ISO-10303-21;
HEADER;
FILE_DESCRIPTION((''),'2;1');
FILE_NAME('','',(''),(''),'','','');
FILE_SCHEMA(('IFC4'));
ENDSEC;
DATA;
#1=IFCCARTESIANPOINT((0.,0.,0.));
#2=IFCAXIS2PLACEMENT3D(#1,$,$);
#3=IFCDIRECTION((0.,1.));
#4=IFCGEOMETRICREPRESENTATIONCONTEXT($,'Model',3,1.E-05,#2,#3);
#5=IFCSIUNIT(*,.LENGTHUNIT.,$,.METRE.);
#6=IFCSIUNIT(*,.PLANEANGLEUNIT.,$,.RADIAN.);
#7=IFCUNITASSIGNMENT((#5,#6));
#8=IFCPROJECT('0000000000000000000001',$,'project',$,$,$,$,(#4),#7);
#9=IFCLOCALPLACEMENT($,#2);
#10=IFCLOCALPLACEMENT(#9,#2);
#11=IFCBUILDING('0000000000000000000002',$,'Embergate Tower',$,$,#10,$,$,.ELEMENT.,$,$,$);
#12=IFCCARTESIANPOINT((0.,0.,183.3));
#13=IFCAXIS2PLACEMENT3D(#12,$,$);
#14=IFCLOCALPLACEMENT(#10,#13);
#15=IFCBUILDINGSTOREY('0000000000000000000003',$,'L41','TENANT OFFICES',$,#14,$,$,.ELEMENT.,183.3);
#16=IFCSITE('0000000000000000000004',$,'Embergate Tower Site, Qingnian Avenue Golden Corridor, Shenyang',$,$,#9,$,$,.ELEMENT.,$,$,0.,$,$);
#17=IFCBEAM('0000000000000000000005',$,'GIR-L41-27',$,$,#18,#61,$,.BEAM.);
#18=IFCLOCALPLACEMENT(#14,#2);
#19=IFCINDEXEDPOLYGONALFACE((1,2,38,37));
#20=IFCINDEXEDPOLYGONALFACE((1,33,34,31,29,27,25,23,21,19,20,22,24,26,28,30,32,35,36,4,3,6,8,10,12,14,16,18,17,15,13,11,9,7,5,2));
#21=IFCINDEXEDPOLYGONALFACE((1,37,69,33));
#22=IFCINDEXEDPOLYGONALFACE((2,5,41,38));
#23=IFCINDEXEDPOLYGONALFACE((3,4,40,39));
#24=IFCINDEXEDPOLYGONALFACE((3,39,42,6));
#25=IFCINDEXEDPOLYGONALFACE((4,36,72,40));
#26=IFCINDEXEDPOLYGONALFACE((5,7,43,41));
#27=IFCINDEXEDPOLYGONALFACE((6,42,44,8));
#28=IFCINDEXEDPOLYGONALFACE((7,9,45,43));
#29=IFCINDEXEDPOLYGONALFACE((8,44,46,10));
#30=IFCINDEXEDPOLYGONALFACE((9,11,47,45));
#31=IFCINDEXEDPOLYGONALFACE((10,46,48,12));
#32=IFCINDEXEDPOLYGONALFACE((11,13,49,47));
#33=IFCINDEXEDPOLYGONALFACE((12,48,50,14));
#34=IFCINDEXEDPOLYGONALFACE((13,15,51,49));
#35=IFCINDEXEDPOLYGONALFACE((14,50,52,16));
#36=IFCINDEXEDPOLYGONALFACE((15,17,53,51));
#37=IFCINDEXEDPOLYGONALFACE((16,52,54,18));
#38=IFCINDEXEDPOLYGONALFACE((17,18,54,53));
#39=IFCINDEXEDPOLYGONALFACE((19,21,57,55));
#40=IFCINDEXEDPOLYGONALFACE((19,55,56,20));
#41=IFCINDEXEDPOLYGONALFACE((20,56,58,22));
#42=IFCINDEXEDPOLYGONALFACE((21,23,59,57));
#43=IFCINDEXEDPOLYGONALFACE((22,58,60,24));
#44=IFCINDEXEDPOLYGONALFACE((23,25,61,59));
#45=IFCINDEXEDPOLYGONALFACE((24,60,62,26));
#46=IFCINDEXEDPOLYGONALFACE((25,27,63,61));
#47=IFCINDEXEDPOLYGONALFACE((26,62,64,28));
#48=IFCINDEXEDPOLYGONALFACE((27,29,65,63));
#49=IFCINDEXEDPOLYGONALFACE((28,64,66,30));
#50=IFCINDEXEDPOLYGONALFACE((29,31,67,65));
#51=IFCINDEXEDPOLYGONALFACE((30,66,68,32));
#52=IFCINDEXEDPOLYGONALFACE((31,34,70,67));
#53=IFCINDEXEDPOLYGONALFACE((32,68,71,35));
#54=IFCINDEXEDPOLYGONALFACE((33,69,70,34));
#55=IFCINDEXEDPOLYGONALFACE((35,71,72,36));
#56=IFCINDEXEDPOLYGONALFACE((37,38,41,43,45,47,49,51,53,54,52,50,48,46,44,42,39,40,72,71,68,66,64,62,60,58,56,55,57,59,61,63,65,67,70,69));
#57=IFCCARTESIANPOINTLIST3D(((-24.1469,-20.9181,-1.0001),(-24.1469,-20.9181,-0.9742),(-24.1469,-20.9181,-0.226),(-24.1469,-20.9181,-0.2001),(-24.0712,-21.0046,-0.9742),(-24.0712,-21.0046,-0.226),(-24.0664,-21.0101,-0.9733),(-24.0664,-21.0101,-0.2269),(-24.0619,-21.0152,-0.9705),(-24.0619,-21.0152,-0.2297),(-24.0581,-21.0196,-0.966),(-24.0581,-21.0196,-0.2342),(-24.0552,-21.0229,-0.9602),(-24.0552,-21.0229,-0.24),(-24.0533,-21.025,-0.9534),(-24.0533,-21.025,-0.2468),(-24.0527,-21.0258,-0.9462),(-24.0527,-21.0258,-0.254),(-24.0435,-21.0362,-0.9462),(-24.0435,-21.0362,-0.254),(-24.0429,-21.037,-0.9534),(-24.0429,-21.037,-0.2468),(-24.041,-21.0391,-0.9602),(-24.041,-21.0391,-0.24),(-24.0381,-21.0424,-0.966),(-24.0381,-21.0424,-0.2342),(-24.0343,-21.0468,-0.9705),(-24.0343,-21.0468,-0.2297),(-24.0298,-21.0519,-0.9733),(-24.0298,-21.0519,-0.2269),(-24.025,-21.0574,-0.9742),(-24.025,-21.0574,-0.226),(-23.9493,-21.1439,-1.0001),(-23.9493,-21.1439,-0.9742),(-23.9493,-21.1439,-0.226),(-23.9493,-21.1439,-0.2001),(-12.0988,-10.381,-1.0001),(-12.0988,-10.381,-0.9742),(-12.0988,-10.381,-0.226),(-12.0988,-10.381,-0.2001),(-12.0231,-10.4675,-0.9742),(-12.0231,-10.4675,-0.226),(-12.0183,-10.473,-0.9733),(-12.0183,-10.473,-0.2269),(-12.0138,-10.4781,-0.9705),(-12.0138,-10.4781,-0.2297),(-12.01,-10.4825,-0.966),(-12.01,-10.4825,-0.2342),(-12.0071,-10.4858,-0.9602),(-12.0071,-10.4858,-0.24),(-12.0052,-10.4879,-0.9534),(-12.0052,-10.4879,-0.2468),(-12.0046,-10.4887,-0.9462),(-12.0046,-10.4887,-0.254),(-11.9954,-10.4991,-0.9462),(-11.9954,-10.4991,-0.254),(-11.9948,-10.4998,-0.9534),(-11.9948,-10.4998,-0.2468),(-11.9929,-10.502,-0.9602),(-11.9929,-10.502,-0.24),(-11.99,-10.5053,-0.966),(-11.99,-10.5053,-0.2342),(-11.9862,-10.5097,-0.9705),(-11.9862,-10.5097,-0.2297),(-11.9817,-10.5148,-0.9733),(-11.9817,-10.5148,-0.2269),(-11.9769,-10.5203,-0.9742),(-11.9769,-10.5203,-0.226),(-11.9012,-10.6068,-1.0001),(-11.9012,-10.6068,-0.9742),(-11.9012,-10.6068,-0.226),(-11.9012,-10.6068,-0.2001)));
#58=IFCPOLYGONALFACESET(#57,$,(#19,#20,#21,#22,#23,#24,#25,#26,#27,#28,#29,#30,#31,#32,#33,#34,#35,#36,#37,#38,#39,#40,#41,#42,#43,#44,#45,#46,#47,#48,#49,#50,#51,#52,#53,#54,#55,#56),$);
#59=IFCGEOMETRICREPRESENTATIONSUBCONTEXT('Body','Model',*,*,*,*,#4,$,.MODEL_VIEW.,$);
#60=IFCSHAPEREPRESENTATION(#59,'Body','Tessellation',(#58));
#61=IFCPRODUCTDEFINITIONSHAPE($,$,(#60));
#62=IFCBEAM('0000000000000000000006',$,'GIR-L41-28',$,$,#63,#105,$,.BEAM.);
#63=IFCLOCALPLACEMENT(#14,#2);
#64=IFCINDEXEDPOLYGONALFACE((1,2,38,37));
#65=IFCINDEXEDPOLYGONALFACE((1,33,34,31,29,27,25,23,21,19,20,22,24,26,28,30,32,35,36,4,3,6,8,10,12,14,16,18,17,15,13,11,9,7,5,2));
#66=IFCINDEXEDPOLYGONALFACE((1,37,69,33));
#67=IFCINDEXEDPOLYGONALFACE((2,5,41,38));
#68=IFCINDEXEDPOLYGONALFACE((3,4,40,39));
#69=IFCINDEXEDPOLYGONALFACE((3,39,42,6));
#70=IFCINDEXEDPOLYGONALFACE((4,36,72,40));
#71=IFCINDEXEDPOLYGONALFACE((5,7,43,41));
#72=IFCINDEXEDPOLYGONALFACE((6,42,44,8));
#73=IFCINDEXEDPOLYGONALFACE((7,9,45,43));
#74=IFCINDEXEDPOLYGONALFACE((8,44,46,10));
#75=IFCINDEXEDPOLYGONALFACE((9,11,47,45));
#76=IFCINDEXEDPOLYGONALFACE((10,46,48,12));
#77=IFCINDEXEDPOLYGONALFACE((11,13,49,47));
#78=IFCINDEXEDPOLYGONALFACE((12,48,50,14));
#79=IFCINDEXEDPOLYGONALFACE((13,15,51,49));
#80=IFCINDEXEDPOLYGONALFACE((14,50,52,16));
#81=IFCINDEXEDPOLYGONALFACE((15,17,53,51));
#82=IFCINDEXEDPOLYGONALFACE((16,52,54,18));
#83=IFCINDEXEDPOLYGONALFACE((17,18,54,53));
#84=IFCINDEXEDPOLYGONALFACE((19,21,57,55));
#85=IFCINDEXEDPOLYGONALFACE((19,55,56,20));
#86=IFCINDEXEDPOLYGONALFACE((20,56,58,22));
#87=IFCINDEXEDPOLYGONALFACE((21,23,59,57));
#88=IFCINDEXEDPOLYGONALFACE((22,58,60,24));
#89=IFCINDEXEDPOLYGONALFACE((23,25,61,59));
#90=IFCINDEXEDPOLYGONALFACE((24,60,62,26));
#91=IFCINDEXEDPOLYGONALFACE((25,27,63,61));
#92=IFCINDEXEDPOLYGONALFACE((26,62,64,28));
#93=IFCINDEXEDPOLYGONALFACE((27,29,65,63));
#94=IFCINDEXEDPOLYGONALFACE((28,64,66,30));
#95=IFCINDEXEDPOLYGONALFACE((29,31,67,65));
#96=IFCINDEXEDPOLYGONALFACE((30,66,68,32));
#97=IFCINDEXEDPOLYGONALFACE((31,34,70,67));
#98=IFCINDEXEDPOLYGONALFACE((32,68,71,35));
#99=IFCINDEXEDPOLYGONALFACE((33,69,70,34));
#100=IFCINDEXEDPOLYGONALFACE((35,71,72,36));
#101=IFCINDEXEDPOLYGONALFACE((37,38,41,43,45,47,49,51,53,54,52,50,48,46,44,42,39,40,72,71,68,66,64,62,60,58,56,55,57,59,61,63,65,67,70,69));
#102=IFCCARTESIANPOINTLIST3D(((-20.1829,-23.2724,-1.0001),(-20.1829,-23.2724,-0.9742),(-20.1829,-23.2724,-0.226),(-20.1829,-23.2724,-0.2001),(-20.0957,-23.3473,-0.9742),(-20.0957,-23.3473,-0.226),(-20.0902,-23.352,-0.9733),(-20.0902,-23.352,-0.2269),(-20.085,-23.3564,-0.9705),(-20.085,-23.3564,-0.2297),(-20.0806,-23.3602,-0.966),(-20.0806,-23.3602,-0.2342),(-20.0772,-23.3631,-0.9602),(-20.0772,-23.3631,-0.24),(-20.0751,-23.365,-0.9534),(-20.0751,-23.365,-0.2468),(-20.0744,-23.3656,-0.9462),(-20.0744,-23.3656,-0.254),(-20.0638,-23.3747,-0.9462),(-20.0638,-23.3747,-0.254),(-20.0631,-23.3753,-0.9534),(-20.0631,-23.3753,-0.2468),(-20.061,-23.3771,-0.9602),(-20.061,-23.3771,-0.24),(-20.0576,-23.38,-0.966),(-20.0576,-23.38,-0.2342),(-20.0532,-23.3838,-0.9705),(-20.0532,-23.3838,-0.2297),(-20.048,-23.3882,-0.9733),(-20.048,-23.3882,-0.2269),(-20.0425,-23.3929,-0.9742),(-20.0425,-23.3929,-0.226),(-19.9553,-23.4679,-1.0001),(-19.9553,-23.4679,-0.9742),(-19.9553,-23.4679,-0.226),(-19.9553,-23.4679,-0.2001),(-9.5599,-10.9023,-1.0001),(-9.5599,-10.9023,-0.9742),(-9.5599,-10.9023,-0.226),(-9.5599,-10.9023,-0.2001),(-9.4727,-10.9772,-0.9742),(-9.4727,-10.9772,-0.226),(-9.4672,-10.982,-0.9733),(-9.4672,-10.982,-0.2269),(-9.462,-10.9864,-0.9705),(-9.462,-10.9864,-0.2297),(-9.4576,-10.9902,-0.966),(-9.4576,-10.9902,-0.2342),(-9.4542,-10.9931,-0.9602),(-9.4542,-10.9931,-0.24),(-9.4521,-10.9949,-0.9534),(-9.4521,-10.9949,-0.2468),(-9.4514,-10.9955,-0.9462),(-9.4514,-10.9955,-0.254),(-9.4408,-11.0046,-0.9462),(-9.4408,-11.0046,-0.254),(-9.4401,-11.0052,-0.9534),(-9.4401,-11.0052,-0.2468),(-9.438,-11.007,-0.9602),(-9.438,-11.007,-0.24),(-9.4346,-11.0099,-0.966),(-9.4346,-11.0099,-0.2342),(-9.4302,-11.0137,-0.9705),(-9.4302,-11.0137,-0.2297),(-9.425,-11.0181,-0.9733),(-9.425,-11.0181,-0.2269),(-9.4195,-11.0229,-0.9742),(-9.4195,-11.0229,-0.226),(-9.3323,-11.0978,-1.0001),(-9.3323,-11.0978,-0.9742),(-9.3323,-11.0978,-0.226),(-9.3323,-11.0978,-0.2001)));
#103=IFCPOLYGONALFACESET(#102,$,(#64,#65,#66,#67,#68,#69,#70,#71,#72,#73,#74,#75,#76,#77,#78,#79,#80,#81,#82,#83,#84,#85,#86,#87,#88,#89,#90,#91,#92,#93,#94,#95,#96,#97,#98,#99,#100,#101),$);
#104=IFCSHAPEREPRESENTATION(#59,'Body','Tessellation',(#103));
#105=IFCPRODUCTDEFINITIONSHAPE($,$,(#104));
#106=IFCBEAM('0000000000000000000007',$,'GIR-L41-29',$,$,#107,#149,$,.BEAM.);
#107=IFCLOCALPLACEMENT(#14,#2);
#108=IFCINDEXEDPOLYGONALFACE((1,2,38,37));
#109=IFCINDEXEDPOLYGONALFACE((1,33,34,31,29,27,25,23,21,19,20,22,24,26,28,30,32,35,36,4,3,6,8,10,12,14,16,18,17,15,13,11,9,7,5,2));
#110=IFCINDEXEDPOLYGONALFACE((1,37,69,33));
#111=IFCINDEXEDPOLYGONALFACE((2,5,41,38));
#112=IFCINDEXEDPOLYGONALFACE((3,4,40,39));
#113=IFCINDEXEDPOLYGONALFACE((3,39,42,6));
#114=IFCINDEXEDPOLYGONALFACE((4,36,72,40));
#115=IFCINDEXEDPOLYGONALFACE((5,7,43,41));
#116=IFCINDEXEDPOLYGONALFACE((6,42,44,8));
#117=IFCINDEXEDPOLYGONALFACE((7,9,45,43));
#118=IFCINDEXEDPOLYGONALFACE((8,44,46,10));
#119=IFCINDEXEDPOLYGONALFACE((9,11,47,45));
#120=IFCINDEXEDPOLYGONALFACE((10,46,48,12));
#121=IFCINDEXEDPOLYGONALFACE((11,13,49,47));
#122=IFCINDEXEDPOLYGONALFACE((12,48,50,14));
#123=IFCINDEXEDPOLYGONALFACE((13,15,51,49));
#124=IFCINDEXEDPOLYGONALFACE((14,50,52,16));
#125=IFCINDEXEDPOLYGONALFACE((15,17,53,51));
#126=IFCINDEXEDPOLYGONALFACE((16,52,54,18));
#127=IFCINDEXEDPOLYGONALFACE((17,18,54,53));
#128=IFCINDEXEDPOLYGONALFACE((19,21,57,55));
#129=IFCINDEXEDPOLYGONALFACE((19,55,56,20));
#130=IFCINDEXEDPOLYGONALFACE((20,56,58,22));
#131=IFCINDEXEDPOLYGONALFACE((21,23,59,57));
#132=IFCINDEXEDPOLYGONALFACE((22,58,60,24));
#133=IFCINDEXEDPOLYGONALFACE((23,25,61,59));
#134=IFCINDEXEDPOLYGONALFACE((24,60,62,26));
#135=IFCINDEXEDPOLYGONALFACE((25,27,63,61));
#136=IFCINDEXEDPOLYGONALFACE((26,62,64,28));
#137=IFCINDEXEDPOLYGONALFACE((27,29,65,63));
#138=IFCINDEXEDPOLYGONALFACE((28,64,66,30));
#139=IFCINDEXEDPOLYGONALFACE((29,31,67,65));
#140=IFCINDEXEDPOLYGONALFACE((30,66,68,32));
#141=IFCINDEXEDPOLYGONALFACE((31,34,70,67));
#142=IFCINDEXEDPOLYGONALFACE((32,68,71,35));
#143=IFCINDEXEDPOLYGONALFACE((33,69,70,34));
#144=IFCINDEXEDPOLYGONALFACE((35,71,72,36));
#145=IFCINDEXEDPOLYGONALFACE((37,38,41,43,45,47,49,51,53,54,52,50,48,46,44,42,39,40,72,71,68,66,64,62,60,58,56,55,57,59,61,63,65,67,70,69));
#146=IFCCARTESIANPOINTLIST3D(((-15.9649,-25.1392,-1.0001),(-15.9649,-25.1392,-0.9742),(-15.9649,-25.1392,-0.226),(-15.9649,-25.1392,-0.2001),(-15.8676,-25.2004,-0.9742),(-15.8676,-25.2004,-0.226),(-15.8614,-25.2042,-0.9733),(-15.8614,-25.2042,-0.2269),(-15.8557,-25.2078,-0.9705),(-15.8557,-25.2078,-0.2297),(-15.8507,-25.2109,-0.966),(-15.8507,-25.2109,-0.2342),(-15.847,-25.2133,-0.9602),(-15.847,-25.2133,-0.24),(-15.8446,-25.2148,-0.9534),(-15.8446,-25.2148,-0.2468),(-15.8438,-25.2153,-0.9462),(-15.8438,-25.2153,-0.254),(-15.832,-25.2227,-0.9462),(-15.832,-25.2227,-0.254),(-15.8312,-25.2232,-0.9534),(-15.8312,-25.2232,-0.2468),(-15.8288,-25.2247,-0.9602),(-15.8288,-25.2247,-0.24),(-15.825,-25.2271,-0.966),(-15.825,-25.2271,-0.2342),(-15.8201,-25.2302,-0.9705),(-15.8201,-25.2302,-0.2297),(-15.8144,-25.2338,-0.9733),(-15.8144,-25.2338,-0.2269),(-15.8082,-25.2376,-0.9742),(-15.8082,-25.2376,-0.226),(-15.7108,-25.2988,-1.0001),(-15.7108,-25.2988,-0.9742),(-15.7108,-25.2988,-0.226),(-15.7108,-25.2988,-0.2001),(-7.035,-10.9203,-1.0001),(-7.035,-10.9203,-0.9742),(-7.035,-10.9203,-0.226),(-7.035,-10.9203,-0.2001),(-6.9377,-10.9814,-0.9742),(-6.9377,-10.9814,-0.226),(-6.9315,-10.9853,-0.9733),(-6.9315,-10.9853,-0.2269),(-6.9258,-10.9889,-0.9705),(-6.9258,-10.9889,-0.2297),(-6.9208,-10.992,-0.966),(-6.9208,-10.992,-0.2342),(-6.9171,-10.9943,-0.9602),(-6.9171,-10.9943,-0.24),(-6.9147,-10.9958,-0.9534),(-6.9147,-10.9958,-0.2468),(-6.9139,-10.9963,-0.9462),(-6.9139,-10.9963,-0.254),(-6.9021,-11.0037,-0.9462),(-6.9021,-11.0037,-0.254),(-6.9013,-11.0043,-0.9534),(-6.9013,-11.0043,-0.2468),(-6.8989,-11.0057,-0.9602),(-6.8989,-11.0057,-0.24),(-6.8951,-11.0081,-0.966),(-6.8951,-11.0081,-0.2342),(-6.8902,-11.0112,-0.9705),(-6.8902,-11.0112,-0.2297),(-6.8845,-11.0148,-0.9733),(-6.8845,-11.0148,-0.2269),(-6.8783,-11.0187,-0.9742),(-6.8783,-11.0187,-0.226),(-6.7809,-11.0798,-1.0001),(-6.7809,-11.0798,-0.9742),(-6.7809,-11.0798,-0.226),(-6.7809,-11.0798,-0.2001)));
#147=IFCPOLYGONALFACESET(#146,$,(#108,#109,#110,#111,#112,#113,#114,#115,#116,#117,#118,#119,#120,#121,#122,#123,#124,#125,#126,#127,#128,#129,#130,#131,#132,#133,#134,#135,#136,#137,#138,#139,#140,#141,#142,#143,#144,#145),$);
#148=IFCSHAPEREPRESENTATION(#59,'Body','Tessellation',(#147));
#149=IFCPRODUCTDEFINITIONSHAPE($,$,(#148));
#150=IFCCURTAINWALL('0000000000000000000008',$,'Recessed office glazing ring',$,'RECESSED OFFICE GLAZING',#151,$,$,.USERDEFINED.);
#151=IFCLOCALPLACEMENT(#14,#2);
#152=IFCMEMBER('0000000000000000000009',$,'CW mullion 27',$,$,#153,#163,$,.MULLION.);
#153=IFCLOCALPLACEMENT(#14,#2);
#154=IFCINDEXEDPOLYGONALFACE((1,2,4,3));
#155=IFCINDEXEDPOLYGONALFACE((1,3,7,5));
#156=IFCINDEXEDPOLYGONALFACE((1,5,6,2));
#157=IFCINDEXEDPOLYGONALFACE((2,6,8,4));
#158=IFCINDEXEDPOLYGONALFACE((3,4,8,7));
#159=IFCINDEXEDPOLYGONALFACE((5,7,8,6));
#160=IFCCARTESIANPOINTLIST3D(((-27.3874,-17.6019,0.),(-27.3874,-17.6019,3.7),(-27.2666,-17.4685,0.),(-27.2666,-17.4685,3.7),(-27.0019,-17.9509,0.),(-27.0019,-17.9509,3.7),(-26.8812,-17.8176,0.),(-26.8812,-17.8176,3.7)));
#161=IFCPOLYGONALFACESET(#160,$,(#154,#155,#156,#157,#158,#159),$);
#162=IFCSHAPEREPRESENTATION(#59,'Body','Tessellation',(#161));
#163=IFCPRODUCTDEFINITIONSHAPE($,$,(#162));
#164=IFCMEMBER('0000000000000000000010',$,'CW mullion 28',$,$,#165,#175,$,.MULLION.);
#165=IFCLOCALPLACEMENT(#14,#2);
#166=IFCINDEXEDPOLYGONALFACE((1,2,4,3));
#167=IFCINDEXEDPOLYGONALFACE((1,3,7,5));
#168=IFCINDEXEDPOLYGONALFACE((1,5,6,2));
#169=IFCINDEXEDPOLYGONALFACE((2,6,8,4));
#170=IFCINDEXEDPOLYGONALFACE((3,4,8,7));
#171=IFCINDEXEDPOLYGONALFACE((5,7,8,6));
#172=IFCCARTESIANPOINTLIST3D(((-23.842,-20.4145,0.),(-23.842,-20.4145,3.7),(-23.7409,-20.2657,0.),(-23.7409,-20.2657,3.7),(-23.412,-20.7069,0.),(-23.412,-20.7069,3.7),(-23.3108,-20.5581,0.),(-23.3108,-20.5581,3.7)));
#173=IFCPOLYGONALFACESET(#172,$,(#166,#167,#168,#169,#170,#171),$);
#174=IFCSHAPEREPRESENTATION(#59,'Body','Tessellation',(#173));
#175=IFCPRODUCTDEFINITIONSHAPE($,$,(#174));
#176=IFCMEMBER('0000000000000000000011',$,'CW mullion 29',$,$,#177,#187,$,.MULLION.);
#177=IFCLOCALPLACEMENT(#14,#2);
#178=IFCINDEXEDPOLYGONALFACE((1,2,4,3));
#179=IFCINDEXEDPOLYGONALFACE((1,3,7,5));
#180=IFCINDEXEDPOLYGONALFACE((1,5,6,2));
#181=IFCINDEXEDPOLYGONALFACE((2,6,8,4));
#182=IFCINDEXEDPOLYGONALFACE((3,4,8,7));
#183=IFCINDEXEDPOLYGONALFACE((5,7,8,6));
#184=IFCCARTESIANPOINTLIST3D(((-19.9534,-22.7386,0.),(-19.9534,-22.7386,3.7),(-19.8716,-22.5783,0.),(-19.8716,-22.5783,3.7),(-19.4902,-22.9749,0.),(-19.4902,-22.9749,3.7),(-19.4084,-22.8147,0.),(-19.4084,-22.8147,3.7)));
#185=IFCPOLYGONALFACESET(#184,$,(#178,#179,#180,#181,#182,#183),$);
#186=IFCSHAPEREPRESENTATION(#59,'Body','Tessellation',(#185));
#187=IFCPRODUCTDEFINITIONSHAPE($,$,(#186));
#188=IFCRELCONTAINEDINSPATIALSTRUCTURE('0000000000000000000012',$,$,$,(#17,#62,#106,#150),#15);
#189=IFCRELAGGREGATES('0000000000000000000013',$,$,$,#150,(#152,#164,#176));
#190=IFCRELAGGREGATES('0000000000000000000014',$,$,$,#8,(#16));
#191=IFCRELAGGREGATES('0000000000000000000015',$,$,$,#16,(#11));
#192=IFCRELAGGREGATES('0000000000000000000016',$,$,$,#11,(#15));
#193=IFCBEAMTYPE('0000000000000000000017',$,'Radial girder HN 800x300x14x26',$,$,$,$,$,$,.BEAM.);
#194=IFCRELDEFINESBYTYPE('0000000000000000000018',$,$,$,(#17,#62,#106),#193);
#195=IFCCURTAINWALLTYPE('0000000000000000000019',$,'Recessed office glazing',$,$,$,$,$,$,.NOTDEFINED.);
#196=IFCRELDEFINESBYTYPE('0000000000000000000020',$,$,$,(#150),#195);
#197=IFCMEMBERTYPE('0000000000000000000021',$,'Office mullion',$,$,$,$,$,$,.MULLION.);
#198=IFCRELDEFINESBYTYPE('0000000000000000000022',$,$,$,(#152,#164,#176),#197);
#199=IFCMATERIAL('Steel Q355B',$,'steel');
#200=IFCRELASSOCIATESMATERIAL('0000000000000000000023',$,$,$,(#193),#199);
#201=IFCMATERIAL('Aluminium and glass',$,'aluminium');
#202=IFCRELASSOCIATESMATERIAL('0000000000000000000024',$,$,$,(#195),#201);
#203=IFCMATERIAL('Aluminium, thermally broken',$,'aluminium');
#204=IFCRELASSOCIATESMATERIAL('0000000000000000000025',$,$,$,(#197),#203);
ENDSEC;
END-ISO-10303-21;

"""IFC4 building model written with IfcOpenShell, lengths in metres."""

from ifc_helpers import new_model, si_unit, direction, frame, origin, origin_2d, place, context, subcontext, project, spatial, rectangle, i_section, extrude, source, transform, mapped, material, material_profile, profile_set, type_object, element, aggregate, save


model = new_model("IFC4")

# Units and contexts
model_context = context("Model", 3, precision=1e-05, world=origin(), true_north=direction((0.0, 1.0)))
body_context = subcontext(model_context, "Body", "Model", "MODEL_VIEW")
ifc_project = project(units=[si_unit("LENGTHUNIT", "METRE"), si_unit("PLANEANGLEUNIT", "RADIAN")], contexts=[model_context])

# Site, building, storey
site_placement = place(None, origin())
site = spatial("IfcSite", under=ifc_project, at=site_placement, Name="Embergate Tower Site, Qingnian Avenue Golden Corridor, Shenyang", CompositionType="ELEMENT", RefElevation=0.0)
building_placement = place(site_placement, origin())
building = spatial("IfcBuilding", under=site, at=building_placement, Name="Embergate Tower", CompositionType="ELEMENT")
storey_placement = place(building_placement, frame((0.0, 0.0, 183.3)))
storey = spatial("IfcBuildingStorey", under=building, at=storey_placement, Name="L41", Description="TENANT OFFICES", CompositionType="ELEMENT", Elevation=183.3)

# Beams
ifc_material_1 = material(Name="Steel Q355B", Category="steel")
ifc_material_profile_1 = material_profile(ifc_material_1, i_section(OverallWidth=0.3, OverallDepth=0.8, WebThickness=0.0139, FlangeThickness=0.0259, FilletRadius=0.0281, at=origin_2d()), Name="HN 800x300x14x26")
ifc_profile_set_1 = profile_set([ifc_material_profile_1], Name="Steel Q355 grade B")
beam_type_1 = type_object("IfcBeamType", Name="Radial girder HN 800x300x14x26", PredefinedType="BEAM", material=ifc_profile_set_1)
shared_shape_1 = source(origin(), body_context, "Body", "SweptSolid", [
    extrude(i_section(OverallWidth=0.3, OverallDepth=0.8, WebThickness=0.0139, FlangeThickness=0.0259, FilletRadius=0.0281, at=origin_2d()), origin(), (0.0, 0.0, 1.0), 16.0059),
])
beam_1_placement = place(storey_placement, frame((-24.0481, -21.031, -0.6001), z_axis=(0.752731, 0.658329, 0.0), x_axis=(-0.658329, 0.752731, 0.0)))
element("IfcBeam", 1, at=beam_1_placement, inside=storey, type_object=beam_type_1, Name="GIR-L41-27", PredefinedType="BEAM", context=body_context, shape_type="MappedRepresentation", body=[
    mapped(shared_shape_1, transform((0.0, 0.0, 0.0))),
])
shared_shape_2 = source(origin(), body_context, "Body", "SweptSolid", [
    extrude(i_section(OverallWidth=0.3, OverallDepth=0.8, WebThickness=0.0139, FlangeThickness=0.0259, FilletRadius=0.0281, at=origin_2d()), origin(), (0.0, 0.0, 1.0), 16.3054),
])
beam_2_placement = place(storey_placement, frame((-20.0691, -23.3701, -0.6001), z_axis=(0.651501, 0.758647, 0.0), x_axis=(-0.758647, 0.651501, 0.0)))
element("IfcBeam", 2, at=beam_2_placement, inside=storey, type_object=beam_type_1, Name="GIR-L41-28", PredefinedType="BEAM", context=body_context, shape_type="MappedRepresentation", body=[
    mapped(shared_shape_2, transform((0.0, 0.0, 0.0))),
])
shared_shape_3 = source(origin(), body_context, "Body", "SweptSolid", [
    extrude(i_section(OverallWidth=0.3, OverallDepth=0.8, WebThickness=0.0139, FlangeThickness=0.0259, FilletRadius=0.0281, at=origin_2d()), origin(), (0.0, 0.0, 1.0), 16.7905),
])
beam_3_placement = place(storey_placement, frame((-15.8379, -25.219, -0.6001), z_axis=(0.531842, 0.846844, 0.0), x_axis=(-0.846844, 0.531842, 0.0)))
element("IfcBeam", 3, at=beam_3_placement, inside=storey, type_object=beam_type_1, Name="GIR-L41-29", PredefinedType="BEAM", context=body_context, shape_type="MappedRepresentation", body=[
    mapped(shared_shape_3, transform((0.0, 0.0, 0.0))),
])

# Curtain wall, members
ifc_material_2 = material(Name="Aluminium and glass", Category="aluminium")
curtain_wall_type = type_object("IfcCurtainWallType", Name="Recessed office glazing", PredefinedType="NOTDEFINED", material=ifc_material_2)
curtain_wall_placement = place(storey_placement, origin())
curtain_wall = element("IfcCurtainWall", 4, at=curtain_wall_placement, inside=storey, type_object=curtain_wall_type, Name="Recessed office glazing ring", ObjectType="RECESSED OFFICE GLAZING", PredefinedType="USERDEFINED")
ifc_material_3 = material(Name="Aluminium, thermally broken", Category="aluminium")
ifc_material_profile_2 = material_profile(ifc_material_3, rectangle(XDim=0.1799, YDim=0.52, at=origin_2d()), Name="AL 520x180")
ifc_profile_set_2 = profile_set([ifc_material_profile_2], Name="Aluminium, thermally broken")
member_type_1 = type_object("IfcMemberType", Name="Office mullion", PredefinedType="MULLION", material=ifc_profile_set_2)
shared_shape_4 = source(origin(), body_context, "Body", "SweptSolid", [
    extrude(rectangle(XDim=0.1799, YDim=0.52, at=origin_2d()), origin(), (0.0, 0.0, 1.0), 3.7),
])
member_1_placement = place(storey_placement, frame((-27.1343, -17.7097, 0.0), z_axis=(0.0, 0.0, 1.0), x_axis=(0.671229, 0.74125, 0.0)))
member_1 = element("IfcMember", 5, at=member_1_placement, type_object=member_type_1, Name="CW mullion 27", PredefinedType="MULLION", context=body_context, shape_type="MappedRepresentation", body=[
    mapped(shared_shape_4, transform((0.0, 0.0, 0.0))),
])
member_2_placement = place(storey_placement, frame((-23.5764, -20.4863, 0.0), z_axis=(0.0, 0.0, 1.0), x_axis=(0.562219, 0.826988, 0.0)))
member_2 = element("IfcMember", 6, at=member_2_placement, type_object=member_type_1, Name="CW mullion 28", PredefinedType="MULLION", context=body_context, shape_type="MappedRepresentation", body=[
    mapped(shared_shape_4, transform((0.0, 0.0, 0.0))),
])
member_3_placement = place(storey_placement, frame((-19.6809, -22.7766, 0.0), z_axis=(0.0, 0.0, 1.0), x_axis=(0.454513, 0.89074, 0.0)))
member_3 = element("IfcMember", 7, at=member_3_placement, type_object=member_type_1, Name="CW mullion 29", PredefinedType="MULLION", context=body_context, shape_type="MappedRepresentation", body=[
    mapped(shared_shape_4, transform((0.0, 0.0, 0.0))),
])
aggregate(curtain_wall, [member_1, member_2, member_3])

save(model, "model.ifc")
